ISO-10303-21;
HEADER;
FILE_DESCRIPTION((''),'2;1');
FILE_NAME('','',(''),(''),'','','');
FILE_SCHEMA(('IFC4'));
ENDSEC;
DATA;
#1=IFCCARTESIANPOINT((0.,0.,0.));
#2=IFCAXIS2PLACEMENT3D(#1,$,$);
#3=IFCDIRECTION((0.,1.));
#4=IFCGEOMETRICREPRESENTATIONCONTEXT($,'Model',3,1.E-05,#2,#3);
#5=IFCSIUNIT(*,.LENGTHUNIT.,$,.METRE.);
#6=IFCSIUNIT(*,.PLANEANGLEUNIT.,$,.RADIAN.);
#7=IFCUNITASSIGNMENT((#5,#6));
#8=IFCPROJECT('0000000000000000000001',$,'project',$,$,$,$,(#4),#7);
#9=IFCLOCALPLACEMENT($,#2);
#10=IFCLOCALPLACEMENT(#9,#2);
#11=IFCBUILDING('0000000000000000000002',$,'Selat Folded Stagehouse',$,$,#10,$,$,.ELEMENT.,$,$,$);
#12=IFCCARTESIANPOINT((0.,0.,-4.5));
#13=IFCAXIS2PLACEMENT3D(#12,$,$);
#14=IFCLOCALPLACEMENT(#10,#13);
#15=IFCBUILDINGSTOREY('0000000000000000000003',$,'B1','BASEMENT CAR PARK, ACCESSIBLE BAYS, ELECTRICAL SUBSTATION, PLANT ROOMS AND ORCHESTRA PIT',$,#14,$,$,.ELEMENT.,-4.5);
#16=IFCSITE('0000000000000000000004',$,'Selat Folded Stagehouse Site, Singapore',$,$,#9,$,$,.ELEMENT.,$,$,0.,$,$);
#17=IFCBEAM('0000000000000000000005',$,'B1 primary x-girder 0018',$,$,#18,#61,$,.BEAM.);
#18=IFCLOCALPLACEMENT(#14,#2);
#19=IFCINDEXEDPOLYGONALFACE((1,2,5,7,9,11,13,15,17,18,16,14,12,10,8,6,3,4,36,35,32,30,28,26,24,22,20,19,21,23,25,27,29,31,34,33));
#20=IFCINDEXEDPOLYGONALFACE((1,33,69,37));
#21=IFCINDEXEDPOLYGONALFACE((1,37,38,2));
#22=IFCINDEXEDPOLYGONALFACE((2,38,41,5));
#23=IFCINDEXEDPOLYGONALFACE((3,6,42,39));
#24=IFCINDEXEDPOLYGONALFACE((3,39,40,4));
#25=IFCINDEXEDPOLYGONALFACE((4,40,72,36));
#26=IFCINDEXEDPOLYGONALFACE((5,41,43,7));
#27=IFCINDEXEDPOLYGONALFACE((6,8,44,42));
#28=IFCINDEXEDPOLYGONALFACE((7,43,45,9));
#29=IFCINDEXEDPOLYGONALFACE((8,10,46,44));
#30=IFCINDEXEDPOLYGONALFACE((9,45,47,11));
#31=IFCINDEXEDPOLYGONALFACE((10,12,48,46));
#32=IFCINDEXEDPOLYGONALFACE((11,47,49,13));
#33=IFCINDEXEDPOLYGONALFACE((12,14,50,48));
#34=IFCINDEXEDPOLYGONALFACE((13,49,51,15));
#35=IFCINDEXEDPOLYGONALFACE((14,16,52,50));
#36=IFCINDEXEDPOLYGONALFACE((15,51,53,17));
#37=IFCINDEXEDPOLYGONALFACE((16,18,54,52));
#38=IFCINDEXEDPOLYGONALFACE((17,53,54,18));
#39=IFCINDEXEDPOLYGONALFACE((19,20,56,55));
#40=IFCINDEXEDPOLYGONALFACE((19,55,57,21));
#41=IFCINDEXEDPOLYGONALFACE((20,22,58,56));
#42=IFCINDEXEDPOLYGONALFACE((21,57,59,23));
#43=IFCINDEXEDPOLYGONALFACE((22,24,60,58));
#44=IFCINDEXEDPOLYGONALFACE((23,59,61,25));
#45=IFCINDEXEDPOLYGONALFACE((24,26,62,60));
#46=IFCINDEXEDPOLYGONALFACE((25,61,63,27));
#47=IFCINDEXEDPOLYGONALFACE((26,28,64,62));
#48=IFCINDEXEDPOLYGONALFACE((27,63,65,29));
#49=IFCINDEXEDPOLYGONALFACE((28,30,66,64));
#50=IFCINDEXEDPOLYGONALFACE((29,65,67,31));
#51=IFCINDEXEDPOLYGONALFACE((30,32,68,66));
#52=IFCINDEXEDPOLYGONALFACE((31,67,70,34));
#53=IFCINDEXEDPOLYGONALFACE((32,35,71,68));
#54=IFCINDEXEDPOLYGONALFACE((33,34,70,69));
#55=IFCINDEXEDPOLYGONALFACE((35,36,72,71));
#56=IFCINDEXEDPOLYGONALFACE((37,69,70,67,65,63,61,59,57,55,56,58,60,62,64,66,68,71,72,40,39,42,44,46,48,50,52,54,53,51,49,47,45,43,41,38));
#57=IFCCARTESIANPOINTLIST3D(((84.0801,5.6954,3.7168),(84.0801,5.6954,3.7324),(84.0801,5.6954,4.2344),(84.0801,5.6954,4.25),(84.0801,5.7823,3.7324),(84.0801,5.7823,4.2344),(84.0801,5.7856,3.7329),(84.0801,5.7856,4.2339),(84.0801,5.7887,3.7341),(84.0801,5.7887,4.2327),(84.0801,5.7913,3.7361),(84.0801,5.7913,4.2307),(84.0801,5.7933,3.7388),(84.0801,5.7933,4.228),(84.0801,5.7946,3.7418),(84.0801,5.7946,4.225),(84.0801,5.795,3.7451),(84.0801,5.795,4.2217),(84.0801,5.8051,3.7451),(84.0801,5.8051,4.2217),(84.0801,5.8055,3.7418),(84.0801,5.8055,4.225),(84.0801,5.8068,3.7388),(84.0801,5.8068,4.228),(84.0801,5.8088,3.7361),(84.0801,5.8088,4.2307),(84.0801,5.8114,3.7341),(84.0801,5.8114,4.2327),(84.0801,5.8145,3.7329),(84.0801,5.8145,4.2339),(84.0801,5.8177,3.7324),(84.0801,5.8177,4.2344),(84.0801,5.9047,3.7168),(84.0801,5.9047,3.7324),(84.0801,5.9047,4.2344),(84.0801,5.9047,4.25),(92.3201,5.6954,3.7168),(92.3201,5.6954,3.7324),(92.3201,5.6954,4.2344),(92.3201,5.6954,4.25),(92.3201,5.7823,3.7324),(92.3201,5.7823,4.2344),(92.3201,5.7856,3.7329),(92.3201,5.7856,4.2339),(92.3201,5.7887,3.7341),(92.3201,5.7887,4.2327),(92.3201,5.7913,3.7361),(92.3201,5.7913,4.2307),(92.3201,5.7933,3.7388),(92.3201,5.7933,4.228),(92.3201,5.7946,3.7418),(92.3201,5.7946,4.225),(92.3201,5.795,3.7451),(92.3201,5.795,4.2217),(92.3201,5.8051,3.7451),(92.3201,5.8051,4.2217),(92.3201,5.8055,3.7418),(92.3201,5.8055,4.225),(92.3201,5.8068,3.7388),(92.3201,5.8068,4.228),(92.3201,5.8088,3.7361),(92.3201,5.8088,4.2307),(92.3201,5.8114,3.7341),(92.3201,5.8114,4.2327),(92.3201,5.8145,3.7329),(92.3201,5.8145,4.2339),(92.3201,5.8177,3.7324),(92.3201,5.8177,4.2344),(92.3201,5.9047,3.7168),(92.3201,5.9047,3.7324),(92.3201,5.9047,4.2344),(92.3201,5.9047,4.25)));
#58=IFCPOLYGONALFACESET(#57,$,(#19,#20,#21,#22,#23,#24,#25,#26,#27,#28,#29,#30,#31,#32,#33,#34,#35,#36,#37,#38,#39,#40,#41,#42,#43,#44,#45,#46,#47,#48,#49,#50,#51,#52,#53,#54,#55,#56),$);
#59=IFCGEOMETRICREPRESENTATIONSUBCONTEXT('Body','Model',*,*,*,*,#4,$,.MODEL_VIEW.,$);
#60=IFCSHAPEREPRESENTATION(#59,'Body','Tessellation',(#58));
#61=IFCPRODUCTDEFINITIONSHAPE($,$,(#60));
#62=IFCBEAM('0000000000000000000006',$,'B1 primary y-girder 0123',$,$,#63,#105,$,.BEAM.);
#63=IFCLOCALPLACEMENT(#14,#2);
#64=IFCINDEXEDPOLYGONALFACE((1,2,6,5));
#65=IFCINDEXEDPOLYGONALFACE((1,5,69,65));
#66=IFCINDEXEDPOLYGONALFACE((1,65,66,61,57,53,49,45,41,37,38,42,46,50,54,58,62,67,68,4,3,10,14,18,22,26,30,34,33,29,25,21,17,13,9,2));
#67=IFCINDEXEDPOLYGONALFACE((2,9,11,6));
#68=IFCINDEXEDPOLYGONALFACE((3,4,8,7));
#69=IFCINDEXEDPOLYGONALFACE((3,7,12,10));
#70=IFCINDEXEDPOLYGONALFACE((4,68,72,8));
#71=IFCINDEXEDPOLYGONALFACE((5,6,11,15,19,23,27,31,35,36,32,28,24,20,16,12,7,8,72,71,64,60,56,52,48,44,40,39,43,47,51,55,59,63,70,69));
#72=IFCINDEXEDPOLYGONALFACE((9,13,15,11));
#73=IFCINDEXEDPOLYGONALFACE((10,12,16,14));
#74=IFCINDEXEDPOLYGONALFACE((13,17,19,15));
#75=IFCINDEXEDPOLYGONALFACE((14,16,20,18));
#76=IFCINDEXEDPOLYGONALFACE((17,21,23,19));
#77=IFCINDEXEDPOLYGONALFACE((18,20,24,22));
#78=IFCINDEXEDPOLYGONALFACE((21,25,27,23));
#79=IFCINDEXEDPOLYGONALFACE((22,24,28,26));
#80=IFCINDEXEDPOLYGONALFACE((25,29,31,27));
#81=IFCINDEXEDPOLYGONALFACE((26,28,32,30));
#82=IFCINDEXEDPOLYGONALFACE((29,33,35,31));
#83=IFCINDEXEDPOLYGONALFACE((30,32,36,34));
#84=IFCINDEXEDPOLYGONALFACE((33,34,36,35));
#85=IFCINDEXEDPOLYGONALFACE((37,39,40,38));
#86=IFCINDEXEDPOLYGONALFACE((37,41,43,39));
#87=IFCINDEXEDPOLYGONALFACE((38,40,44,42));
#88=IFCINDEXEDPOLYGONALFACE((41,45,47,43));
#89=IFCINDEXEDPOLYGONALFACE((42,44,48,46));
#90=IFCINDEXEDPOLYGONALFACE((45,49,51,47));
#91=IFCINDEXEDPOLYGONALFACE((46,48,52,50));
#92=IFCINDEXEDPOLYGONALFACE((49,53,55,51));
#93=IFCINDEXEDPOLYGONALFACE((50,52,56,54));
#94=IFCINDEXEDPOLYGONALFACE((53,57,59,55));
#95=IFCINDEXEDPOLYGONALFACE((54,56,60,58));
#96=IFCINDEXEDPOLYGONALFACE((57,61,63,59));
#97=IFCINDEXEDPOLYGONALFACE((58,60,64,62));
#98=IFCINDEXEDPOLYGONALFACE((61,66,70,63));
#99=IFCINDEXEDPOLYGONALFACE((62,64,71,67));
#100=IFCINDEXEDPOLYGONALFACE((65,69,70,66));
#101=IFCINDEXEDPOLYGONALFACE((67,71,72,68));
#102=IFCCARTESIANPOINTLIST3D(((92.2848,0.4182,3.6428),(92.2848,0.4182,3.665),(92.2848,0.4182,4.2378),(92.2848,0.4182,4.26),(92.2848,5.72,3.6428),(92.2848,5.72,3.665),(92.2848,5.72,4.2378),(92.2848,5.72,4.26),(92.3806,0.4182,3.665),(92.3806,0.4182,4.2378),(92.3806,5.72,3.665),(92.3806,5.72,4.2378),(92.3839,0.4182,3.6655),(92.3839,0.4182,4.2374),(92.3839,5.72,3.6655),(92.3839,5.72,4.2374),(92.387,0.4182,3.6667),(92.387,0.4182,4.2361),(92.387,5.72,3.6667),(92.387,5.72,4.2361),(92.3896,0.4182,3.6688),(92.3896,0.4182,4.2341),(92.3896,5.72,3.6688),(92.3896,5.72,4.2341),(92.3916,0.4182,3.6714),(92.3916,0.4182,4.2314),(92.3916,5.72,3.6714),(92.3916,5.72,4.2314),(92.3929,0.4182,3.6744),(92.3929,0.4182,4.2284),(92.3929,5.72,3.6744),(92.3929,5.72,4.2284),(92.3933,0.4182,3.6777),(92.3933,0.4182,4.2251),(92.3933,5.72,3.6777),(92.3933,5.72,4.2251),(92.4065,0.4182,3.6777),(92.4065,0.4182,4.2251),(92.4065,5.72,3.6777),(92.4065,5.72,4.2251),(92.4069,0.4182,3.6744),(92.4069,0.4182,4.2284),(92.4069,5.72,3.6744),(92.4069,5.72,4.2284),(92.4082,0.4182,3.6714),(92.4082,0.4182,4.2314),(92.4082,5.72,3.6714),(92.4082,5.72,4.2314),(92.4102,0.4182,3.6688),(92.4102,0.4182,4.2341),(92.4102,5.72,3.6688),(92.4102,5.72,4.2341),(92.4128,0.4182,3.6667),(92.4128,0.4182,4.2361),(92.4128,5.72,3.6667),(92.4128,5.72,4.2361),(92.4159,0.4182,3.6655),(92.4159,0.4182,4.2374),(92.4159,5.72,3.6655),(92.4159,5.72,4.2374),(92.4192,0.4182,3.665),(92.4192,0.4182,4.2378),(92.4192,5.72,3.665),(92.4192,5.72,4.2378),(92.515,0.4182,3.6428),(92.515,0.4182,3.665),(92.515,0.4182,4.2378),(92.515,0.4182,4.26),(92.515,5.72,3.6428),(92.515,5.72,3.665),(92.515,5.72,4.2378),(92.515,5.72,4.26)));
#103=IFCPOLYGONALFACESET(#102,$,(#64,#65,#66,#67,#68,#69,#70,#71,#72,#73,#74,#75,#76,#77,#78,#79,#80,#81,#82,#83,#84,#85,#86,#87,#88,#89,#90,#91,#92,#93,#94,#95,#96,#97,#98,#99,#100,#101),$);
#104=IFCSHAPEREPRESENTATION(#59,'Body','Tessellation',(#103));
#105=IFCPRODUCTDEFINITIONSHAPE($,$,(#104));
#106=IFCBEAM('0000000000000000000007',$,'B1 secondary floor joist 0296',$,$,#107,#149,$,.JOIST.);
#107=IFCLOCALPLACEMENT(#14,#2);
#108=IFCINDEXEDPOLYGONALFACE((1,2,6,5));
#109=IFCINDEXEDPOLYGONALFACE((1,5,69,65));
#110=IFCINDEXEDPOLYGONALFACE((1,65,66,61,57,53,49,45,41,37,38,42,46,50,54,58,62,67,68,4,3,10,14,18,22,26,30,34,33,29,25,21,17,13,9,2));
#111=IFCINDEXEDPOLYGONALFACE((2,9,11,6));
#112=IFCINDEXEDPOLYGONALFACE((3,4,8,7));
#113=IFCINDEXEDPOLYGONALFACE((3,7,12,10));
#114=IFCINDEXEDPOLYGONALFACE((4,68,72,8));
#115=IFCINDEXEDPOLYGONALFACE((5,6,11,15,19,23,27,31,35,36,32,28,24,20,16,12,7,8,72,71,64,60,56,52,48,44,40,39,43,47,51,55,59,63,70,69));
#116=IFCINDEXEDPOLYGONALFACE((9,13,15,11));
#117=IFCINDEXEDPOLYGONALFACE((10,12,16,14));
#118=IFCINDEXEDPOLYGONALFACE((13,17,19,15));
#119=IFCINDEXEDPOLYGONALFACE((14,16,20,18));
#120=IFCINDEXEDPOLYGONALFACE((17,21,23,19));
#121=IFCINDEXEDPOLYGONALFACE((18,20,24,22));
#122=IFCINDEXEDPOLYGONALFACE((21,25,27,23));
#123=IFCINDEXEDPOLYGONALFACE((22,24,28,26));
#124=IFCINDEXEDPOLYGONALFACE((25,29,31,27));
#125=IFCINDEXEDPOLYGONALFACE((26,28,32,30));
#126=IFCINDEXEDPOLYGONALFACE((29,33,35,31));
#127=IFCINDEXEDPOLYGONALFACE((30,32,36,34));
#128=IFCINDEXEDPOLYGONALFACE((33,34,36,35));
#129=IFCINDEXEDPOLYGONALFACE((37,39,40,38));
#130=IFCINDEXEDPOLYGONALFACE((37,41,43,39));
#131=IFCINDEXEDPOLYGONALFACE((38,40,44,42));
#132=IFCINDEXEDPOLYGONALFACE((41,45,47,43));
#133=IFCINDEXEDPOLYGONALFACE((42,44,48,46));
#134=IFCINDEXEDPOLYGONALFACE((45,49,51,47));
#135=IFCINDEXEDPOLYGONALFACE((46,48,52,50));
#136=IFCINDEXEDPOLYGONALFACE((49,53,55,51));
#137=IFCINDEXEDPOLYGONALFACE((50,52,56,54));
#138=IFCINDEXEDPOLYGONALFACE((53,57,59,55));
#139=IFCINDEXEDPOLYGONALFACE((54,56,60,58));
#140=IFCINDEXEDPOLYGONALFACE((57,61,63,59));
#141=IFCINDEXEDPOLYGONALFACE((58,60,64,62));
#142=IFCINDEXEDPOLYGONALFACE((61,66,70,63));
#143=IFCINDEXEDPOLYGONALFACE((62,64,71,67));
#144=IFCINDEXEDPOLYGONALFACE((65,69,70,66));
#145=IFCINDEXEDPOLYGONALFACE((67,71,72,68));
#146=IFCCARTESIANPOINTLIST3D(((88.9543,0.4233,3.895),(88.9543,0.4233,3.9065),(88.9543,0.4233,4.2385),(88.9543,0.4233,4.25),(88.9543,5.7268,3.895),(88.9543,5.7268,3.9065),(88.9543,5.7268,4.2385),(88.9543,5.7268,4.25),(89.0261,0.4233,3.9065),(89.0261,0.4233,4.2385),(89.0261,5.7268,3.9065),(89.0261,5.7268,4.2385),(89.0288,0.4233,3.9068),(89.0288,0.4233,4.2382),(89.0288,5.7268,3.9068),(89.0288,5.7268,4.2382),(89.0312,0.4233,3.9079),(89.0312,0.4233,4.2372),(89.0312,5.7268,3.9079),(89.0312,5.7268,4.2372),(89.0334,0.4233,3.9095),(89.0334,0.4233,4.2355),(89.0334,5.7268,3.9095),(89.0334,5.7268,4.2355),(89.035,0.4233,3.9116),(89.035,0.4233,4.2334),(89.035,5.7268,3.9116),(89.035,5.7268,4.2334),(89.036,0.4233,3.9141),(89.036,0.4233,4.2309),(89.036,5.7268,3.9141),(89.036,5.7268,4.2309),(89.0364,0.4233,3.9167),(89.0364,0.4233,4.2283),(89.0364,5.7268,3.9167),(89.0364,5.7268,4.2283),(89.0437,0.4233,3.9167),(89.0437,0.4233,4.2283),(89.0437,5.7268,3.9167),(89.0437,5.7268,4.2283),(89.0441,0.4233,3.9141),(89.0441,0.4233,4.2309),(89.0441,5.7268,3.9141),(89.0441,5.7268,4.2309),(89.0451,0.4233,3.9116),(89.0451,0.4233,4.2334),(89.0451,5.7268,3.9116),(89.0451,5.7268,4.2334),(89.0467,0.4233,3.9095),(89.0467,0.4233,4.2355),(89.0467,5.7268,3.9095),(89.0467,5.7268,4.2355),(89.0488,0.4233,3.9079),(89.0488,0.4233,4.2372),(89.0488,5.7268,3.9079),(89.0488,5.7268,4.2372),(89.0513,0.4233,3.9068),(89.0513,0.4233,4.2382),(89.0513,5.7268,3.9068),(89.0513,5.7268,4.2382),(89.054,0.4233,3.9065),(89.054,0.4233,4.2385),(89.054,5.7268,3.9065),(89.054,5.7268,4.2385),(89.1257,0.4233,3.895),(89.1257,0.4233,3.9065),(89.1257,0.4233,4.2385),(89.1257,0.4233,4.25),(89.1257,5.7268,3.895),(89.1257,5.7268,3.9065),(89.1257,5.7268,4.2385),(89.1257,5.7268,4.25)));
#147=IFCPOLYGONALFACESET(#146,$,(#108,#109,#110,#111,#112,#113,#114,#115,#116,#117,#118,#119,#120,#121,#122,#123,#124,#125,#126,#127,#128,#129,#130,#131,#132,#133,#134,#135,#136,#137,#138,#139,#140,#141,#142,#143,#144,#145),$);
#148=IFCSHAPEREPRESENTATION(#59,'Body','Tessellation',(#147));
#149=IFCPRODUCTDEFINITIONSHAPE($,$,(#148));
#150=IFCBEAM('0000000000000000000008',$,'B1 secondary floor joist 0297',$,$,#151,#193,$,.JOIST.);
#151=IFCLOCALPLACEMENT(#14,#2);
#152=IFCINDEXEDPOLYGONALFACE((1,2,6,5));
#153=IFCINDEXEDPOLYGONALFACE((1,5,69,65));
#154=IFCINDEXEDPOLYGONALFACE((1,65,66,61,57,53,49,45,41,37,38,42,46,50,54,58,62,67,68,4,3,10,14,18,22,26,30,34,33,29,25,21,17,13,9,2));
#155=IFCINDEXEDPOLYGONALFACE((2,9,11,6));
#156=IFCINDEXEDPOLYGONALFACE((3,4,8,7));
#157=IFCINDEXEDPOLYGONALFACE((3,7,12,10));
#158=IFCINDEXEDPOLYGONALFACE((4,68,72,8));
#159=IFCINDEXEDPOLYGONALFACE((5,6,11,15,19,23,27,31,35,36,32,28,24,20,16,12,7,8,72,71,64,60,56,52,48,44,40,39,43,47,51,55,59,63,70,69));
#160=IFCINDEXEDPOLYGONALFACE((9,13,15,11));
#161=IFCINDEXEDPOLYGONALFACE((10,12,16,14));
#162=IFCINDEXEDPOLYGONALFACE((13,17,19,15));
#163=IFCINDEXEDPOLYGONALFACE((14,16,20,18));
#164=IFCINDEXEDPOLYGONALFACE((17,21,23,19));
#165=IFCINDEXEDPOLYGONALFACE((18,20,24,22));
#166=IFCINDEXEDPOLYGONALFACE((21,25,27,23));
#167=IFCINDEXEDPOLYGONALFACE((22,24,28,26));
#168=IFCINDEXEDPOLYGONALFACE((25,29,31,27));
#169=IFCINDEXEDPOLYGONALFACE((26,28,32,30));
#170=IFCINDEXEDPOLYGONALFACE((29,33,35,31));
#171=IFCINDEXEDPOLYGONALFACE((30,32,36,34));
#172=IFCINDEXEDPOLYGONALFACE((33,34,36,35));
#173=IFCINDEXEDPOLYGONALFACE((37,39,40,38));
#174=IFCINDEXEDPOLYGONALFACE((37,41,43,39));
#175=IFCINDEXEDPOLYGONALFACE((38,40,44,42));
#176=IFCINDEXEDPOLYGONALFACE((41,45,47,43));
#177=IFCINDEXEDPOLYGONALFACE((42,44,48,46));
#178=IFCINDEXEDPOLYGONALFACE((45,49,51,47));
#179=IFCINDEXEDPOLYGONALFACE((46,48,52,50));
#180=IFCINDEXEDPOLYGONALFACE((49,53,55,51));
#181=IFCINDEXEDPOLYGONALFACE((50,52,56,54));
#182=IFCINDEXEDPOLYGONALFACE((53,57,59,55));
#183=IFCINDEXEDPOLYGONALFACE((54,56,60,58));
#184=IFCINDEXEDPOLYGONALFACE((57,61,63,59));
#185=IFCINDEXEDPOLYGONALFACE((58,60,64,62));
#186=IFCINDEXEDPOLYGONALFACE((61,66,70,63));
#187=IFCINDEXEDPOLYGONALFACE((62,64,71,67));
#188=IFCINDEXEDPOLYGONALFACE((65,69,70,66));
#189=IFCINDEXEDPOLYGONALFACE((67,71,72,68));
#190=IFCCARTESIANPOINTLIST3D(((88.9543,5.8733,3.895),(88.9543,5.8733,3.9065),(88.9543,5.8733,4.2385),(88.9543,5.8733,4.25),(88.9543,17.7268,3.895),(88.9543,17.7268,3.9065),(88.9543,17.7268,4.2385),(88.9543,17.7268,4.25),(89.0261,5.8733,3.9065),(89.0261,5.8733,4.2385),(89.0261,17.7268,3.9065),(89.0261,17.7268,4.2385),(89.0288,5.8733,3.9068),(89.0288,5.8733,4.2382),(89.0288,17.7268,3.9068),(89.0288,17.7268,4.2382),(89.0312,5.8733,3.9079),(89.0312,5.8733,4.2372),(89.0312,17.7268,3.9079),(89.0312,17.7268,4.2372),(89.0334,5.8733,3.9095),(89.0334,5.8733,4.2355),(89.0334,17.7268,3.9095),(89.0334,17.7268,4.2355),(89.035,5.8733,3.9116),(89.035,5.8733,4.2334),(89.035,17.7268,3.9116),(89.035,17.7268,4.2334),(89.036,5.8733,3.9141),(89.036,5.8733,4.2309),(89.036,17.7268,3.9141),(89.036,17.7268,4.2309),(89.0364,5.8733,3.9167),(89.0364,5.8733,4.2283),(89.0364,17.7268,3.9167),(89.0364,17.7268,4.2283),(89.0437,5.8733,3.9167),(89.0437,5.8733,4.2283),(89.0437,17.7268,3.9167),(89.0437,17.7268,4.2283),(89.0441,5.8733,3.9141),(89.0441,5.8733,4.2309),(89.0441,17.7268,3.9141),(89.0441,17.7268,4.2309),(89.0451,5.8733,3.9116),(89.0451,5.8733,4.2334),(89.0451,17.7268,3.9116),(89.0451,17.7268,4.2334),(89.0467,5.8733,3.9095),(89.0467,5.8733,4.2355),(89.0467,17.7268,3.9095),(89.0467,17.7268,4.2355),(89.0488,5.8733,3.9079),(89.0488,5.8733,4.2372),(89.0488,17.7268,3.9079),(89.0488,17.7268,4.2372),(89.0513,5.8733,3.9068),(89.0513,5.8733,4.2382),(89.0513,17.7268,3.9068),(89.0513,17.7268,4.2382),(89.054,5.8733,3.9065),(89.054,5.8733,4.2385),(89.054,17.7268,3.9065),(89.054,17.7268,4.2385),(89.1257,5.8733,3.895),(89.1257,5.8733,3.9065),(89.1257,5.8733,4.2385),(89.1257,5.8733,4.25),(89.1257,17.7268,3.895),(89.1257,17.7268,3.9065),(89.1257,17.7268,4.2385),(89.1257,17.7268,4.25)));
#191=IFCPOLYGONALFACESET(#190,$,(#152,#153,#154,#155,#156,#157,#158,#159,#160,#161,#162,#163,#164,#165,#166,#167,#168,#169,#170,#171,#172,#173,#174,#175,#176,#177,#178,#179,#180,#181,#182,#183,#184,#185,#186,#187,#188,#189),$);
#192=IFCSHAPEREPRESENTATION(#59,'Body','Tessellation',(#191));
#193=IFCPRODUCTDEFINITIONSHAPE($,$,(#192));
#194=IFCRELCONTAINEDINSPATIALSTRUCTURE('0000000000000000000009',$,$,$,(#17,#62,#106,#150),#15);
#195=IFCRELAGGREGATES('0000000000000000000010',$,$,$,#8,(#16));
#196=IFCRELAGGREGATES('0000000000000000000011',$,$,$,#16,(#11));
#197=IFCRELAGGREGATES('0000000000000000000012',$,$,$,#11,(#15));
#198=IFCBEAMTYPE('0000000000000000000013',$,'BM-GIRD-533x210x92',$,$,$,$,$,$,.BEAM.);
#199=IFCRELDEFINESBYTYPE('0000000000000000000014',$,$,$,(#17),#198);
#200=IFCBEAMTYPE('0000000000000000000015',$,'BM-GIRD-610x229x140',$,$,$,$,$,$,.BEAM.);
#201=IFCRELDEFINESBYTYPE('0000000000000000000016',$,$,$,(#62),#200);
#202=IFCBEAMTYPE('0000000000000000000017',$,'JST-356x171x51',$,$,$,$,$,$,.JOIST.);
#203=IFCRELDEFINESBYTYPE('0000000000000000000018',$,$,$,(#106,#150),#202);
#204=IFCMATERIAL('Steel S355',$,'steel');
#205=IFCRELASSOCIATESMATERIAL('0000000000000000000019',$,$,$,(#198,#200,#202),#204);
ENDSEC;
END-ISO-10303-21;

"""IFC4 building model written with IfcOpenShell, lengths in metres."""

from ifc_helpers import new_model, si_unit, direction, frame, origin, origin_2d, place, context, subcontext, project, spatial, i_section, extrude, material, material_profile, profile_set, type_object, element, save


model = new_model("IFC4")

# Units and contexts
model_context = context("Model", 3, precision=1e-05, world=origin(), true_north=direction((0.0, 1.0)))
body_context = subcontext(model_context, "Body", "Model", "MODEL_VIEW")
ifc_project = project(units=[si_unit("LENGTHUNIT", "METRE"), si_unit("PLANEANGLEUNIT", "RADIAN")], contexts=[model_context])

# Site, building, storey
site_placement = place(None, origin())
site = spatial("IfcSite", under=ifc_project, at=site_placement, Name="Selat Folded Stagehouse Site, Singapore", CompositionType="ELEMENT", RefElevation=0.0)
building_placement = place(site_placement, origin())
building = spatial("IfcBuilding", under=site, at=building_placement, Name="Selat Folded Stagehouse", CompositionType="ELEMENT")
storey_placement = place(building_placement, frame((0.0, 0.0, -4.5)))
storey = spatial("IfcBuildingStorey", under=building, at=storey_placement, Name="B1", Description="BASEMENT CAR PARK, ACCESSIBLE BAYS, ELECTRICAL SUBSTATION, PLANT ROOMS AND ORCHESTRA PIT", CompositionType="ELEMENT", Elevation=-4.5)

# Shared definitions
ifc_material_1 = material(Name="Steel S355", Category="steel")

# Beams
ifc_material_profile_1 = material_profile(ifc_material_1, i_section(OverallWidth=0.2092, OverallDepth=0.5332, WebThickness=0.01, FlangeThickness=0.0156, FilletRadius=0.0127, at=origin_2d()), Name="UKB 533x210x92")
ifc_profile_set_1 = profile_set([ifc_material_profile_1], Name="Steel S355")
beam_type_1 = type_object("IfcBeamType", Name="BM-GIRD-533x210x92", PredefinedType="BEAM", material=ifc_profile_set_1)
beam_1_placement = place(storey_placement, frame((84.0801, 5.8, 3.9834), z_axis=(1.0, 0.0, 0.0), x_axis=(0.0, 1.0, 0.0)))
element("IfcBeam", 1, at=beam_1_placement, inside=storey, type_object=beam_type_1, Name="B1 primary x-girder 0018", PredefinedType="BEAM", context=body_context, shape_type="SweptSolid", body=[
    extrude(i_section(OverallWidth=0.2092, OverallDepth=0.5332, WebThickness=0.01, FlangeThickness=0.0156, FilletRadius=0.0127, at=origin_2d()), origin(), (0.0, 0.0, 1.0), 8.24),
])
ifc_material_profile_2 = material_profile(ifc_material_1, i_section(OverallWidth=0.2302, OverallDepth=0.6172, WebThickness=0.0132, FlangeThickness=0.0222, FilletRadius=0.0127, at=origin_2d()), Name="UKB 610x229x140")
ifc_profile_set_2 = profile_set([ifc_material_profile_2], Name="Steel S355")
beam_type_2 = type_object("IfcBeamType", Name="BM-GIRD-610x229x140", PredefinedType="BEAM", material=ifc_profile_set_2)
beam_2_placement = place(storey_placement, frame((92.3999, 0.4182, 3.9514), z_axis=(0.0, 1.0, 0.0), x_axis=(-1.0, 0.0, 0.0)))
element("IfcBeam", 2, at=beam_2_placement, inside=storey, type_object=beam_type_2, Name="B1 primary y-girder 0123", PredefinedType="BEAM", context=body_context, shape_type="SweptSolid", body=[
    extrude(i_section(OverallWidth=0.2302, OverallDepth=0.6172, WebThickness=0.0132, FlangeThickness=0.0222, FilletRadius=0.0127, at=origin_2d()), origin(), (0.0, 0.0, 1.0), 5.3018),
])
ifc_material_profile_3 = material_profile(ifc_material_1, i_section(OverallWidth=0.1714, OverallDepth=0.355, WebThickness=0.0073, FlangeThickness=0.0115, FilletRadius=0.0103, at=origin_2d()), Name="UKB 356x171x51")
ifc_profile_set_3 = profile_set([ifc_material_profile_3], Name="Steel S355")
beam_type_3 = type_object("IfcBeamType", Name="JST-356x171x51", PredefinedType="JOIST", material=ifc_profile_set_3)
beam_3_placement = place(storey_placement, frame((89.04, 0.4233, 4.0725), z_axis=(0.0, 1.0, 0.0), x_axis=(-1.0, 0.0, 0.0)))
element("IfcBeam", 3, at=beam_3_placement, inside=storey, type_object=beam_type_3, Name="B1 secondary floor joist 0296", PredefinedType="JOIST", context=body_context, shape_type="SweptSolid", body=[
    extrude(i_section(OverallWidth=0.1714, OverallDepth=0.355, WebThickness=0.0073, FlangeThickness=0.0115, FilletRadius=0.0103, at=origin_2d()), origin(), (0.0, 0.0, 1.0), 5.3035),
])
beam_4_placement = place(storey_placement, frame((89.04, 5.8733, 4.0725), z_axis=(0.0, 1.0, 0.0), x_axis=(-1.0, 0.0, 0.0)))
element("IfcBeam", 4, at=beam_4_placement, inside=storey, type_object=beam_type_3, Name="B1 secondary floor joist 0297", PredefinedType="JOIST", context=body_context, shape_type="SweptSolid", body=[
    extrude(i_section(OverallWidth=0.1714, OverallDepth=0.355, WebThickness=0.0073, FlangeThickness=0.0115, FilletRadius=0.0103, at=origin_2d()), origin(), (0.0, 0.0, 1.0), 11.8535),
])

save(model, "model.ifc")
